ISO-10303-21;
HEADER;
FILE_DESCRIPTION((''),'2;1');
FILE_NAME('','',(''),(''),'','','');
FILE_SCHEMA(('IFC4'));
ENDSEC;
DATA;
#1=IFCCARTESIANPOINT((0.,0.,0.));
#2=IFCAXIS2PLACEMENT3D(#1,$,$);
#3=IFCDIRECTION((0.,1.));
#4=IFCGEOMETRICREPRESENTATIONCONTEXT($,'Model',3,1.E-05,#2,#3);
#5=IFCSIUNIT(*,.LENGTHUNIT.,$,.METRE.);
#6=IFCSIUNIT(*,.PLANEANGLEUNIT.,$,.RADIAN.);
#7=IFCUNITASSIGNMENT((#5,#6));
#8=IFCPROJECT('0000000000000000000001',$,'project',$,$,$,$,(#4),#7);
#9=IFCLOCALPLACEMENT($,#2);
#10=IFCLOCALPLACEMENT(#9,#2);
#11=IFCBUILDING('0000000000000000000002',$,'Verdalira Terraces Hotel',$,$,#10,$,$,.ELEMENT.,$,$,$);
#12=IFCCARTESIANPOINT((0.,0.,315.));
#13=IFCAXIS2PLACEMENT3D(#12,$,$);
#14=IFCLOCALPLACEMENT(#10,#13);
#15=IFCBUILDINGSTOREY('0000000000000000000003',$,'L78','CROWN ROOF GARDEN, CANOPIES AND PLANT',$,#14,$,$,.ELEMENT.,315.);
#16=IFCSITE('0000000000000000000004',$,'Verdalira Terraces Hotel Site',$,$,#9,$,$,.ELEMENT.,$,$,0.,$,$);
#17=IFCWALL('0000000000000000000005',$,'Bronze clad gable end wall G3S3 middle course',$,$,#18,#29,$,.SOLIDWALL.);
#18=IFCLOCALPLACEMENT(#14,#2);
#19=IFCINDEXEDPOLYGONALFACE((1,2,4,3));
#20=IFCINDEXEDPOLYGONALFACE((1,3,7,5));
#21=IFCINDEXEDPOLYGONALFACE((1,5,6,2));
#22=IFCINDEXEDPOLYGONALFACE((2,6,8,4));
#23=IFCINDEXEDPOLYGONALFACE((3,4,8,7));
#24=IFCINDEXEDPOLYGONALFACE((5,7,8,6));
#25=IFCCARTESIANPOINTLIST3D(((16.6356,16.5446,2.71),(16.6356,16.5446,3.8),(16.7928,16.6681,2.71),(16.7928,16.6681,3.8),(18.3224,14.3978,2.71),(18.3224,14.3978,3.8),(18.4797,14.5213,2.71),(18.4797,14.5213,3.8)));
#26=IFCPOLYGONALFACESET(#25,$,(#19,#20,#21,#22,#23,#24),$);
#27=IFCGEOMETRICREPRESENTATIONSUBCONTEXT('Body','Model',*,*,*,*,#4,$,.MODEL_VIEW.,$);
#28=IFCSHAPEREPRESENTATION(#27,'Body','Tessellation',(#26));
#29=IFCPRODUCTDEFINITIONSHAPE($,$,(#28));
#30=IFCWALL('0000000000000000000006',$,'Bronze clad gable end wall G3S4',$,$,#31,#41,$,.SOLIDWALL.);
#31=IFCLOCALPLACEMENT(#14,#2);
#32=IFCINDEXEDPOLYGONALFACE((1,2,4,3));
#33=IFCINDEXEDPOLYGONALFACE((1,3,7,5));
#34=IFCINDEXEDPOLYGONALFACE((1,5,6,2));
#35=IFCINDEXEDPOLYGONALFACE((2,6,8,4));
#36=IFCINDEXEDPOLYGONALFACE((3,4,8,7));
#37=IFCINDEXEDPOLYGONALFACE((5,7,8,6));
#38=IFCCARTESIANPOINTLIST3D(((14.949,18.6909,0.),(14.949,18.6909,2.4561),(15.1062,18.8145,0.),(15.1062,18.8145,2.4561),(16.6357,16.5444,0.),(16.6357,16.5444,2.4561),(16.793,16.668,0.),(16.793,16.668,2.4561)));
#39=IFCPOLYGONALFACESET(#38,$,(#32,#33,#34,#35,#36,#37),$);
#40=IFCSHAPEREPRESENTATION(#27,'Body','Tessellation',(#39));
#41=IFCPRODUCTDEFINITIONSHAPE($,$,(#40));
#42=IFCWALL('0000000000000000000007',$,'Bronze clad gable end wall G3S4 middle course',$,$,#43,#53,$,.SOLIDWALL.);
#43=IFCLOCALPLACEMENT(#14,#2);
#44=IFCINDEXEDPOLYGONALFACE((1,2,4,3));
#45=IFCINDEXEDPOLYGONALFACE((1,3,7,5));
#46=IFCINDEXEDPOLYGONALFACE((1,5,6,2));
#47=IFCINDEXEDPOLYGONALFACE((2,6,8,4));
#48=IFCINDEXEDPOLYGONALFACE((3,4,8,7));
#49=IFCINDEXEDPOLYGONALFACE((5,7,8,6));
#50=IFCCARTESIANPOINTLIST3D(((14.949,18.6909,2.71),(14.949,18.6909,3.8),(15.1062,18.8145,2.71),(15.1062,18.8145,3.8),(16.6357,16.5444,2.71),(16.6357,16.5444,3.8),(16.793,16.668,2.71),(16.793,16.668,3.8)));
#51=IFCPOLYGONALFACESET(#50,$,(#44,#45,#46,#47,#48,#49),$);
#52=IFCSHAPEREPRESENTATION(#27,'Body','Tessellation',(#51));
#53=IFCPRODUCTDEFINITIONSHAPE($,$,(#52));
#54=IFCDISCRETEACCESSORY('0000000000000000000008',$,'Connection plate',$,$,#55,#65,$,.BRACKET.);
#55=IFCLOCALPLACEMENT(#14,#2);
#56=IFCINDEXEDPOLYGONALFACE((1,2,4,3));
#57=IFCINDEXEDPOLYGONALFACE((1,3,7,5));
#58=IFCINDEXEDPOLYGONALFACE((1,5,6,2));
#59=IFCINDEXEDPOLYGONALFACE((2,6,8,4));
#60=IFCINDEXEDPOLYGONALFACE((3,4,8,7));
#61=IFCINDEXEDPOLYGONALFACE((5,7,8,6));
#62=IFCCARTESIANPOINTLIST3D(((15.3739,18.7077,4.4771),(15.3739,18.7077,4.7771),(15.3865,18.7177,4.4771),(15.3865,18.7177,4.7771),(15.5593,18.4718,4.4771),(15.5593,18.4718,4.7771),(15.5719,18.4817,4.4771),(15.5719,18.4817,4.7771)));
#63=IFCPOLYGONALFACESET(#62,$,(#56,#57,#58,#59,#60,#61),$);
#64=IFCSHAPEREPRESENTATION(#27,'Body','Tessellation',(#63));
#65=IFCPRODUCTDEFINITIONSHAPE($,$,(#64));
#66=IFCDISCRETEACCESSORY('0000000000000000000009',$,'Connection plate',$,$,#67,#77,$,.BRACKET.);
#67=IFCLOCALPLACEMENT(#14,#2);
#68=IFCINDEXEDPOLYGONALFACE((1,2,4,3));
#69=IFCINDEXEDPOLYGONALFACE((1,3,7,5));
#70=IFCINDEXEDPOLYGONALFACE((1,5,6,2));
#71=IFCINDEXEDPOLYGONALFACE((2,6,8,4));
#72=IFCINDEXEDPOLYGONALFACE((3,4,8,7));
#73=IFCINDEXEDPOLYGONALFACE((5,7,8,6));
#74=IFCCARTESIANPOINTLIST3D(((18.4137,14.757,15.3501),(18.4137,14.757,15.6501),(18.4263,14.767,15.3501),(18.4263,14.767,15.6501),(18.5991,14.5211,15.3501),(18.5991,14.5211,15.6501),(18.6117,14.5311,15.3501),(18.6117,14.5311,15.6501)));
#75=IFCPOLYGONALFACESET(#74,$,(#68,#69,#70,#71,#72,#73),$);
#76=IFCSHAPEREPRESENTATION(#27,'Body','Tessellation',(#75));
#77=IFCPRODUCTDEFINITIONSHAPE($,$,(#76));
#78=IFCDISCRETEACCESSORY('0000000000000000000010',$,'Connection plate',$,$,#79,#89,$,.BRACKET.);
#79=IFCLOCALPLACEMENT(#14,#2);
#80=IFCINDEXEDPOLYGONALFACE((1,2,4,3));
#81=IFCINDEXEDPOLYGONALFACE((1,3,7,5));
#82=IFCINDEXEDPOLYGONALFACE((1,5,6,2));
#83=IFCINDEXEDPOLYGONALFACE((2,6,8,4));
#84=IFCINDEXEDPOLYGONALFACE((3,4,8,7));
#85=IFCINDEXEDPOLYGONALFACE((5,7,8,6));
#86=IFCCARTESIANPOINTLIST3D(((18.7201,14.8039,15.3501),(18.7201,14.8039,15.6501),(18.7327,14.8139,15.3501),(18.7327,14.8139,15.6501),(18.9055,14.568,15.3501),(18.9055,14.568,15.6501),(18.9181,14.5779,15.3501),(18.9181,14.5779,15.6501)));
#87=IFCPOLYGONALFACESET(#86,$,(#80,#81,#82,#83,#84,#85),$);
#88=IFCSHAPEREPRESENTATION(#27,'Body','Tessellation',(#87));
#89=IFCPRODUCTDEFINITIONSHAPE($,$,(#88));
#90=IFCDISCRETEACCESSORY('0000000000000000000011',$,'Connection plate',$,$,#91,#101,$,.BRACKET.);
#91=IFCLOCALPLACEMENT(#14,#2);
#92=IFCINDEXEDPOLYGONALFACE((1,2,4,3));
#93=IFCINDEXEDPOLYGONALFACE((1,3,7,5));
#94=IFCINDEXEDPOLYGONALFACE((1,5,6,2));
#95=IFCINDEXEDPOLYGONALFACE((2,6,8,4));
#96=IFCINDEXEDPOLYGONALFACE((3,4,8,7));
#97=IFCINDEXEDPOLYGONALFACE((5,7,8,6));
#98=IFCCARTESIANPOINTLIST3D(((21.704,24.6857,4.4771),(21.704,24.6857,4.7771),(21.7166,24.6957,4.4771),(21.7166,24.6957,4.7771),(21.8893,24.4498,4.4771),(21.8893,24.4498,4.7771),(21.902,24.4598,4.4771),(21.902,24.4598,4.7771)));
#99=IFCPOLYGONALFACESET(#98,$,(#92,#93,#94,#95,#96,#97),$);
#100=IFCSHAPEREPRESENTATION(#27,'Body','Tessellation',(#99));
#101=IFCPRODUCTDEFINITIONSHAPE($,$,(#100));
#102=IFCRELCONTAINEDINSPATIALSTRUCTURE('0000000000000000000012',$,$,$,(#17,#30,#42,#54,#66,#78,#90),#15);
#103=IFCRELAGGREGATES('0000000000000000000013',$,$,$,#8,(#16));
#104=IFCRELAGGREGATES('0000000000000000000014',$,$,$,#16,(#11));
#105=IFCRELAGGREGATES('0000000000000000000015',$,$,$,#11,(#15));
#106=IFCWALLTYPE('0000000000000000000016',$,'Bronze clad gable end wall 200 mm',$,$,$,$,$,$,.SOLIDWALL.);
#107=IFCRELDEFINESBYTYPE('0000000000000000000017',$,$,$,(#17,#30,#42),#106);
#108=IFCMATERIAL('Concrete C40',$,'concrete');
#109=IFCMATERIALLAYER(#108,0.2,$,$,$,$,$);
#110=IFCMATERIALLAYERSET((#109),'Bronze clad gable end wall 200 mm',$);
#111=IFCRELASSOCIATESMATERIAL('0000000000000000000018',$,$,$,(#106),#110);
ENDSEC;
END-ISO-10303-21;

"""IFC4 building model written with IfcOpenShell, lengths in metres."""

from ifc_helpers import new_model, si_unit, direction, frame, frame_2d, origin, origin_2d, place, context, subcontext, project, spatial, rectangle, extrude, material, layer, layer_set, type_object, element, save


model = new_model("IFC4")

# Units and contexts
model_context = context("Model", 3, precision=1e-05, world=origin(), true_north=direction((0.0, 1.0)))
body_context = subcontext(model_context, "Body", "Model", "MODEL_VIEW")
ifc_project = project(units=[si_unit("LENGTHUNIT", "METRE"), si_unit("PLANEANGLEUNIT", "RADIAN")], contexts=[model_context])

# Site, building, storey
site_placement = place(None, origin())
site = spatial("IfcSite", under=ifc_project, at=site_placement, Name="Verdalira Terraces Hotel Site", CompositionType="ELEMENT", RefElevation=0.0)
building_placement = place(site_placement, origin())
building = spatial("IfcBuilding", under=site, at=building_placement, Name="Verdalira Terraces Hotel", CompositionType="ELEMENT")
storey_placement = place(building_placement, frame((0.0, 0.0, 315.0)))
storey = spatial("IfcBuildingStorey", under=building, at=storey_placement, Name="L78", Description="CROWN ROOF GARDEN, CANOPIES AND PLANT", CompositionType="ELEMENT", Elevation=315.0)

# Shared definitions
ifc_material_1 = material(Name="Concrete C40", Category="concrete")
ifc_layer_1 = layer(ifc_material_1, 0.2)
ifc_layer_set_1 = layer_set([ifc_layer_1], Name="Bronze clad gable end wall 200 mm")
wall_type = type_object("IfcWallType", Name="Bronze clad gable end wall 200 mm", PredefinedType="SOLIDWALL", material=ifc_layer_set_1)

# Walls
wall_1_placement = place(storey_placement, frame((18.4011, 14.4595, 2.71), z_axis=(0.0, 0.0, 1.0), x_axis=(-0.617833, 0.786309, 0.0)))
element("IfcWall", 1, at=wall_1_placement, inside=storey, type_object=wall_type, Name="Bronze clad gable end wall G3S3 middle course", PredefinedType="SOLIDWALL", context=body_context, shape_type="SweptSolid", body=[
    extrude(rectangle(XDim=2.7302, YDim=0.2, at=frame_2d((1.3652, 0.0))), origin(), (0.0, 0.0, 1.0), 1.0901),
])
wall_2_placement = place(storey_placement, frame((16.7144, 16.6062, 0.0), z_axis=(0.0, 0.0, 1.0), x_axis=(-0.617877, 0.786275, 0.0)))
element("IfcWall", 2, at=wall_2_placement, inside=storey, type_object=wall_type, Name="Bronze clad gable end wall G3S4", PredefinedType="SOLIDWALL", context=body_context, shape_type="SweptSolid", body=[
    extrude(rectangle(XDim=2.73, YDim=0.2, at=frame_2d((1.365, 0.0))), origin(), (0.0, 0.0, 1.0), 2.4561),
])
wall_3_placement = place(storey_placement, frame((16.7144, 16.6062, 2.71), z_axis=(0.0, 0.0, 1.0), x_axis=(-0.617877, 0.786275, 0.0)))
element("IfcWall", 3, at=wall_3_placement, inside=storey, type_object=wall_type, Name="Bronze clad gable end wall G3S4 middle course", PredefinedType="SOLIDWALL", context=body_context, shape_type="SweptSolid", body=[
    extrude(rectangle(XDim=2.73, YDim=0.2, at=frame_2d((1.365, 0.0))), origin(), (0.0, 0.0, 1.0), 1.0901),
])

# Discrete accessories
for number, where, z_axis, x_axis, name in (
    (4, (15.4729, 18.5947, 4.4771), (0.0, 0.0, 1.0), (-0.61786, 0.786288, 0.0), "Connection plate"),
    (5, (18.5127, 14.644, 15.3501), (0.0, 0.0, 1.0), (-0.61786, 0.786288, 0.0), "Connection plate"),
    (6, (18.8191, 14.6909, 15.3501), (0.0, 0.0, 1.0), (0.61786, -0.786288, 0.0), "Connection plate"),
    (7, (21.803, 24.5728, 4.4771), (0.0, 0.0, 1.0), (0.61786, -0.786288, 0.0), "Connection plate"),
):
    element("IfcDiscreteAccessory", number, at=place(storey_placement, frame(where, z_axis=z_axis, x_axis=x_axis)), inside=storey, Name=name, PredefinedType="BRACKET", context=body_context, shape_type="SweptSolid", body=[
        extrude(rectangle(XDim=0.3, YDim=0.0161, at=origin_2d()), origin(), (0.0, 0.0, 1.0), 0.3),
    ])

save(model, "model.ifc")
